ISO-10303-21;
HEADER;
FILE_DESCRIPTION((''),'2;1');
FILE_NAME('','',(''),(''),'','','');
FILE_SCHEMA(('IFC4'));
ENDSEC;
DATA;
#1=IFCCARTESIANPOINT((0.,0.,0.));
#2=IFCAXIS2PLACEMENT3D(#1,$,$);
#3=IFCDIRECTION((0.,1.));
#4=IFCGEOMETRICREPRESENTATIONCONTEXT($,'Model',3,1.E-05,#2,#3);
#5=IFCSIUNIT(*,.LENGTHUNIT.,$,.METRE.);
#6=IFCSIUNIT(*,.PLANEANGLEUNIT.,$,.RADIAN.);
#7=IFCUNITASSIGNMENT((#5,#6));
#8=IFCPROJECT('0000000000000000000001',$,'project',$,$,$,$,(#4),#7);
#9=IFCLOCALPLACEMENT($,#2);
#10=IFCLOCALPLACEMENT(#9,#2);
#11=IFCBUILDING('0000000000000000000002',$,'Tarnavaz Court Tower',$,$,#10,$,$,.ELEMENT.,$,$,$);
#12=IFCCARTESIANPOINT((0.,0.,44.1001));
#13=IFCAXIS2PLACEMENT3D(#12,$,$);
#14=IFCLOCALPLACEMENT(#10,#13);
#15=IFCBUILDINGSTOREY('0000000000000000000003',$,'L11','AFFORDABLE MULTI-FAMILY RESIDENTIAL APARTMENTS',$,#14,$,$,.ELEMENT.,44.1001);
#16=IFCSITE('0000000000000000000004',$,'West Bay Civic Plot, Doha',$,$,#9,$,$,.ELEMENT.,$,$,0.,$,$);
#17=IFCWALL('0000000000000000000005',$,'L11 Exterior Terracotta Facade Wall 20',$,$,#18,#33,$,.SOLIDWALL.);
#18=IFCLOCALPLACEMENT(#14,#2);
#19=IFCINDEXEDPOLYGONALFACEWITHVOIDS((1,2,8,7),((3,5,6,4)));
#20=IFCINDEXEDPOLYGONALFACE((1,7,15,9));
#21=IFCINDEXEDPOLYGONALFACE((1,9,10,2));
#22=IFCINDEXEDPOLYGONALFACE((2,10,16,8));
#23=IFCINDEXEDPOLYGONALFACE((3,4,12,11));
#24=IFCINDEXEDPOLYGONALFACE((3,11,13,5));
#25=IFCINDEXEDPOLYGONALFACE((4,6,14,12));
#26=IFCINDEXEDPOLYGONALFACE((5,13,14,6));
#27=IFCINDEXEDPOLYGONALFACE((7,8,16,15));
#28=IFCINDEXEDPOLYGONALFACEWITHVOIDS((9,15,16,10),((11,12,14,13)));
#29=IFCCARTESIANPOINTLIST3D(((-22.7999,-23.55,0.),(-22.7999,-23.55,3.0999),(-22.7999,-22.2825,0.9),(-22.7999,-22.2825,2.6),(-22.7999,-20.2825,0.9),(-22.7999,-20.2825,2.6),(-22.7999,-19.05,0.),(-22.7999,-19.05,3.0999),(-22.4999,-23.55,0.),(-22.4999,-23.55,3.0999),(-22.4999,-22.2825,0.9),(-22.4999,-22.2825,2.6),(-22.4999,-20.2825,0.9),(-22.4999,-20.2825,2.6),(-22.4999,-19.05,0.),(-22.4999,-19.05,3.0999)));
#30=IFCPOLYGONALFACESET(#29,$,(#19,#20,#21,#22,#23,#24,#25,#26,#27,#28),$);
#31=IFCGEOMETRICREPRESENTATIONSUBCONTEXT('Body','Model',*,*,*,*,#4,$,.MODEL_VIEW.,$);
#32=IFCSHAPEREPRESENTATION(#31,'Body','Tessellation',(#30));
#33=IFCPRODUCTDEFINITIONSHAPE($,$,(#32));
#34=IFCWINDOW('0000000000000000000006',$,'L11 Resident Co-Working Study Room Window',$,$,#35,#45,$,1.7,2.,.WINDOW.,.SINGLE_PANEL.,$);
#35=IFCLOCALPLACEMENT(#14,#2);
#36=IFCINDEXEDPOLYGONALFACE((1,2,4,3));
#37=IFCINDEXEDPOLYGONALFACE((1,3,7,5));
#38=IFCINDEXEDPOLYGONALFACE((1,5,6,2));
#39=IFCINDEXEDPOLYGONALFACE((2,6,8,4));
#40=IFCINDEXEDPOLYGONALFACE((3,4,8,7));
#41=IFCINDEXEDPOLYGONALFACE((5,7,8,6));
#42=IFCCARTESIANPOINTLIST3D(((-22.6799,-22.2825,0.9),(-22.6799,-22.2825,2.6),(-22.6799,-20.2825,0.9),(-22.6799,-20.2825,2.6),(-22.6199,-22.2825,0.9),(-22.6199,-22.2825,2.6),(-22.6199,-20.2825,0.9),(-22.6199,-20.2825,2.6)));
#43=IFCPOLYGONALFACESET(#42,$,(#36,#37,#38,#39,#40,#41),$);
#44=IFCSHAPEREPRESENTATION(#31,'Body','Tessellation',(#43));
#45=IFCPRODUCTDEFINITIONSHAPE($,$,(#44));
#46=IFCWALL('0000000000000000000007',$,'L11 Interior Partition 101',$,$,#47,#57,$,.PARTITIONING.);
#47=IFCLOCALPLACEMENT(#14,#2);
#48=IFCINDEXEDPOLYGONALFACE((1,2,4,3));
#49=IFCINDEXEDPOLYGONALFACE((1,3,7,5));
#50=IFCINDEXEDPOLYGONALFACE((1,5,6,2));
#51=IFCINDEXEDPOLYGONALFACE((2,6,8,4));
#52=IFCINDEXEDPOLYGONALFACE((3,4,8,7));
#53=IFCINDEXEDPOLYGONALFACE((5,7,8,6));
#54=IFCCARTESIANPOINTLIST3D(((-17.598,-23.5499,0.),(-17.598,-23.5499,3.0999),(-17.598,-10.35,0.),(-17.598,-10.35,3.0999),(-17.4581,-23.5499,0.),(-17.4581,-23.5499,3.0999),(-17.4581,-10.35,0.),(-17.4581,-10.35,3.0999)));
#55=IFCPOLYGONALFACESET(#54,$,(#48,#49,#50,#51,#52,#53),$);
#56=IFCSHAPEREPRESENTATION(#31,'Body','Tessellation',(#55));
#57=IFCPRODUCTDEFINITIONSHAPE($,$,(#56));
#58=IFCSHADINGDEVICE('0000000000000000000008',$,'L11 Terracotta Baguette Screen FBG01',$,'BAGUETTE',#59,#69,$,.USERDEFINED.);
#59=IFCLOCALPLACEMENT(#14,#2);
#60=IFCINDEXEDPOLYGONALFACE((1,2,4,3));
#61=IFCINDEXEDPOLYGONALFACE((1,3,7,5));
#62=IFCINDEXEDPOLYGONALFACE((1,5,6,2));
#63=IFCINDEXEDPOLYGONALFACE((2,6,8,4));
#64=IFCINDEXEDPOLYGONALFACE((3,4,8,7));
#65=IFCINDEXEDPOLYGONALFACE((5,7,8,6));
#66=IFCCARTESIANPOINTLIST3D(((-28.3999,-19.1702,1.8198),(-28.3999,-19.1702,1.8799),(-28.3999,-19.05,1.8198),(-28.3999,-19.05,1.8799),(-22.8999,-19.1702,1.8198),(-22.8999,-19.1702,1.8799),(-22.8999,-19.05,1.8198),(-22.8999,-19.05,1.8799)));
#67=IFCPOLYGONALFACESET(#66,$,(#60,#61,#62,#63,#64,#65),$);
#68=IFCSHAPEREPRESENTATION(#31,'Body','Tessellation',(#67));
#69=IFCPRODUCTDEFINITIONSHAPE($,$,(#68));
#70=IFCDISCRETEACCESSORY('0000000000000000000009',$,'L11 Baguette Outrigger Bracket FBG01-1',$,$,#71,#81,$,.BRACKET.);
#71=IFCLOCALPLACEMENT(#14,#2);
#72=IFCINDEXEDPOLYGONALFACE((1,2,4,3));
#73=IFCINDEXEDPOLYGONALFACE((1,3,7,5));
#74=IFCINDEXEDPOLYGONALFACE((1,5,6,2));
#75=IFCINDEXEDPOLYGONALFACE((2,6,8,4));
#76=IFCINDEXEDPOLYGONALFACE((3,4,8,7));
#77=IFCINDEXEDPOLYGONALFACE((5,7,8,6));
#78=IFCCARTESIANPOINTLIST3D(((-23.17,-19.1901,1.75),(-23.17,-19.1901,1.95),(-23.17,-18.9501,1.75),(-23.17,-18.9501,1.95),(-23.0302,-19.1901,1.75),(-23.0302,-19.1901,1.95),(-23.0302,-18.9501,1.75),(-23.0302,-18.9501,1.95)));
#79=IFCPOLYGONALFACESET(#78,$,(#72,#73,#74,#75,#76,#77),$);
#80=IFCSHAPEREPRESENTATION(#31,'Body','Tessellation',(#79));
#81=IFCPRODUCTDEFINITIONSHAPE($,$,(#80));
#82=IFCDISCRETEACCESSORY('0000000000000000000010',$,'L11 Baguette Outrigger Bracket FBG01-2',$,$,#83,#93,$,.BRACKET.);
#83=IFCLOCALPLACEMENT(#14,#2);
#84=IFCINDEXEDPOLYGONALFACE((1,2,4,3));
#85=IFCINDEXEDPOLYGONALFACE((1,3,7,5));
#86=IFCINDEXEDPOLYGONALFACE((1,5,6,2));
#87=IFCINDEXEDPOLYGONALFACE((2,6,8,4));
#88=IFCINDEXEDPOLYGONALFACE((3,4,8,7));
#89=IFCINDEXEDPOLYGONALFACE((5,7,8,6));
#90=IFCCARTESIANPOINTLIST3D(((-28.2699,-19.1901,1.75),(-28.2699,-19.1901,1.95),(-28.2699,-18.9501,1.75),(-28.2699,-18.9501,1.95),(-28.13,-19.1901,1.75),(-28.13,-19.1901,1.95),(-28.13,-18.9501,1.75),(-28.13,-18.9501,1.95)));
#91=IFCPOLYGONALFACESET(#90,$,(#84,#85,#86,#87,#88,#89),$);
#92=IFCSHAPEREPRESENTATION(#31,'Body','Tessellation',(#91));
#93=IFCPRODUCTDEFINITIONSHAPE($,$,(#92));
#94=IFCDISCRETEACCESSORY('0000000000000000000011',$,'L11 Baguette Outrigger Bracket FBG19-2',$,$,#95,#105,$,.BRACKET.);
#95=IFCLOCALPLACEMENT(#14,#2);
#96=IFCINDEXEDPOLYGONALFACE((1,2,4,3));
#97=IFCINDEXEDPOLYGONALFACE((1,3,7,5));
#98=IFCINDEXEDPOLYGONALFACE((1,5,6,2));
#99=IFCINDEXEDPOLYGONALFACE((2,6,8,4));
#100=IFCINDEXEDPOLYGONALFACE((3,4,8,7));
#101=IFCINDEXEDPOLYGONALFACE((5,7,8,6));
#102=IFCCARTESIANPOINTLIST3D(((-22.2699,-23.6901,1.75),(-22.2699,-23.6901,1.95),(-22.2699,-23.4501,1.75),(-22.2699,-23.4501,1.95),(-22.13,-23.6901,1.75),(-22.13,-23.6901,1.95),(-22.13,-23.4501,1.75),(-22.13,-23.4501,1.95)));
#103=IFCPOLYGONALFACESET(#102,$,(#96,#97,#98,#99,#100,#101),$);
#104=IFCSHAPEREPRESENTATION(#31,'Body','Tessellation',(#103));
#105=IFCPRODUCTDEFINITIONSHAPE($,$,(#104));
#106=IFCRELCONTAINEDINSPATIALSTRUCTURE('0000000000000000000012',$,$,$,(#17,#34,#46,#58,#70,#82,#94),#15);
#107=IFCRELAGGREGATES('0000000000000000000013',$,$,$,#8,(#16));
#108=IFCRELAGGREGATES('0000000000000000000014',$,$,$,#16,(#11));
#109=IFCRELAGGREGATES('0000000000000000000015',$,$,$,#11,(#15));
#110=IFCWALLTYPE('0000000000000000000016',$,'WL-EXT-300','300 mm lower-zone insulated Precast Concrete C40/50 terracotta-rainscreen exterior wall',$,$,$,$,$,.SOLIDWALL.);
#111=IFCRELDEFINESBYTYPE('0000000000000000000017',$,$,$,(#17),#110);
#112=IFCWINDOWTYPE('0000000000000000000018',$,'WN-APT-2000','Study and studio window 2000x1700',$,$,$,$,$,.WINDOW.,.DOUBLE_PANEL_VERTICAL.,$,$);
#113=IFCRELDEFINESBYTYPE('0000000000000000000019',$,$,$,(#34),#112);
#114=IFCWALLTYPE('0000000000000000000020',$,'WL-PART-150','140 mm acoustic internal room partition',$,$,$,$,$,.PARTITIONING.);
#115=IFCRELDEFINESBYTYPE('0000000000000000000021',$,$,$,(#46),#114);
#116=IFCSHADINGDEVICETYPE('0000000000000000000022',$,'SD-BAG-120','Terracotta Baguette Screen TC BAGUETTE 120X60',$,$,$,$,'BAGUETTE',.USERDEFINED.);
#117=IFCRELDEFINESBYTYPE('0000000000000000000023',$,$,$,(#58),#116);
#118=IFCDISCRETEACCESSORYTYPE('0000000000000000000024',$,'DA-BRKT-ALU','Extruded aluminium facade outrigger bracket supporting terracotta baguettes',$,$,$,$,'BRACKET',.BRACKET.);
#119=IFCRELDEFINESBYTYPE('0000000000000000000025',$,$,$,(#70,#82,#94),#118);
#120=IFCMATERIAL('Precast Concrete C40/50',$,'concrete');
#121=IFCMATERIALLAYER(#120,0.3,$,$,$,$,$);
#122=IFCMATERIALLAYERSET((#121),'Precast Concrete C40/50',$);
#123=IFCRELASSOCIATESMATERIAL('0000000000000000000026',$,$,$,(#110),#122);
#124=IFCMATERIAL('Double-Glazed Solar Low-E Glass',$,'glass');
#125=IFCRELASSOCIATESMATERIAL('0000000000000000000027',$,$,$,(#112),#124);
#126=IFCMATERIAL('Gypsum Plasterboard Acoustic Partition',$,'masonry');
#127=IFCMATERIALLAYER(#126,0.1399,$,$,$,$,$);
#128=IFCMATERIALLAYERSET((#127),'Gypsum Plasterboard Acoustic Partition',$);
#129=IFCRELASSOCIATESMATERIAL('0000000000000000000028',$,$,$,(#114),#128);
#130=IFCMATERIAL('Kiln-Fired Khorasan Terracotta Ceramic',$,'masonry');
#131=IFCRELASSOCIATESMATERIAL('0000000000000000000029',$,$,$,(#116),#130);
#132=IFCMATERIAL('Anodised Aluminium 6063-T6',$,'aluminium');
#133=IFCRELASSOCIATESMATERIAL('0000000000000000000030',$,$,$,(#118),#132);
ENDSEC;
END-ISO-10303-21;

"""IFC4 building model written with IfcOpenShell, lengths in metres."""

from ifc_helpers import new_model, si_unit, direction, frame, frame_2d, origin, origin_2d, place, context, subcontext, project, spatial, rectangle, extrude, material, layer, layer_set, material_profile, profile_set, type_object, element, fill, save


model = new_model("IFC4")

# Units and contexts
model_context = context("Model", 3, precision=1e-05, world=origin(), true_north=direction((0.0, 1.0)))
body_context = subcontext(model_context, "Body", "Model", "MODEL_VIEW")
ifc_project = project(units=[si_unit("LENGTHUNIT", "METRE"), si_unit("PLANEANGLEUNIT", "RADIAN")], contexts=[model_context])

# Site, building, storey
site_placement = place(None, origin())
site = spatial("IfcSite", under=ifc_project, at=site_placement, Name="West Bay Civic Plot, Doha", CompositionType="ELEMENT", RefElevation=0.0)
building_placement = place(site_placement, origin())
building = spatial("IfcBuilding", under=site, at=building_placement, Name="Tarnavaz Court Tower", CompositionType="ELEMENT")
storey_placement = place(building_placement, frame((0.0, 0.0, 44.1001)))
storey = spatial("IfcBuildingStorey", under=building, at=storey_placement, Name="L11", Description="AFFORDABLE MULTI-FAMILY RESIDENTIAL APARTMENTS", CompositionType="ELEMENT", Elevation=44.1001)

# Shared definitions
ifc_material_1 = material(Name="Precast Concrete C40/50", Category="concrete")
ifc_layer_1 = layer(ifc_material_1, 0.3)
ifc_layer_set_1 = layer_set([ifc_layer_1], Name="Precast Concrete C40/50")
wall_type_1 = type_object("IfcWallType", Name="WL-EXT-300", Description="300 mm lower-zone insulated Precast Concrete C40/50 terracotta-rainscreen exterior wall", PredefinedType="SOLIDWALL", material=ifc_layer_set_1)
ifc_material_2 = material(Name="Double-Glazed Solar Low-E Glass", Category="glass")
window_type_1 = type_object("IfcWindowType", Name="WN-APT-2000", Description="Study and studio window 2000x1700", PartitioningType="DOUBLE_PANEL_VERTICAL", PredefinedType="WINDOW", material=ifc_material_2)

# Wall, opening, window
wall_1_placement = place(storey_placement, frame((-22.6499, -23.55, 0.0), z_axis=(0.0, 0.0, 1.0), x_axis=(0.0, 1.0, 0.0)))
wall_1 = element("IfcWall", 1, at=wall_1_placement, inside=storey, type_object=wall_type_1, Name="L11 Exterior Terracotta Facade Wall 20", PredefinedType="SOLIDWALL", context=body_context, shape_type="SweptSolid", body=[
    extrude(rectangle(XDim=4.5, YDim=0.3, at=frame_2d((2.25, 0.0))), origin(), (0.0, 0.0, 1.0), 3.0999),
])
opening_1_placement = place(wall_1_placement, frame((1.2676, 0.0, 0.8999)))
opening_1 = element("IfcOpeningElement", 2, at=opening_1_placement, cuts=wall_1, PredefinedType="OPENING", context=body_context, shape_type="SweptSolid", body=[
    extrude(rectangle(XDim=2.0, YDim=1.7, at=frame_2d((1.0, 0.8501))), frame((0.0, 0.1599, 0.0), z_axis=(0.0, -1.0, 0.0), x_axis=(1.0, 0.0, 0.0)), (0.0, 0.0, 1.0), 0.3201),
])
window_1_placement = place(opening_1_placement, origin())
window_1 = element("IfcWindow", 3, at=window_1_placement, inside=storey, type_object=window_type_1, Name="L11 Resident Co-Working Study Room Window", OverallHeight=1.7, OverallWidth=2.0, PartitioningType="SINGLE_PANEL", PredefinedType="WINDOW", context=body_context, shape_type="SweptSolid", body=[
    extrude(rectangle(XDim=2.0, YDim=1.7, at=frame_2d((1.0, 0.8501))), frame((0.0, 0.03, 0.0), z_axis=(0.0, -1.0, 0.0), x_axis=(1.0, 0.0, 0.0)), (0.0, 0.0, 1.0), 0.0601),
])
fill(opening_1, window_1)

# Wall
ifc_material_3 = material(Name="Gypsum Plasterboard Acoustic Partition", Category="masonry")
ifc_layer_2 = layer(ifc_material_3, 0.1399)
ifc_layer_set_2 = layer_set([ifc_layer_2], Name="Gypsum Plasterboard Acoustic Partition")
wall_type_2 = type_object("IfcWallType", Name="WL-PART-150", Description="140 mm acoustic internal room partition", PredefinedType="PARTITIONING", material=ifc_layer_set_2)
wall_2_placement = place(storey_placement, frame((-17.5281, -23.55, 0.0), z_axis=(0.0, 0.0, 1.0), x_axis=(0.0, 1.0, 0.0)))
element("IfcWall", 4, at=wall_2_placement, inside=storey, type_object=wall_type_2, Name="L11 Interior Partition 101", PredefinedType="PARTITIONING", context=body_context, shape_type="SweptSolid", body=[
    extrude(rectangle(XDim=13.2, YDim=0.1399, at=frame_2d((6.6001, 0.0))), origin(), (0.0, 0.0, 1.0), 3.0999),
])

# Shading device
ifc_material_4 = material(Name="Kiln-Fired Khorasan Terracotta Ceramic", Category="masonry")
ifc_material_profile_1 = material_profile(ifc_material_4, rectangle(XDim=0.1201, YDim=0.0601, at=origin_2d()), Name="TC BAGUETTE 120X60")
ifc_profile_set_1 = profile_set([ifc_material_profile_1], Name="Kiln-Fired Khorasan Terracotta Ceramic")
shading_device_type = type_object("IfcShadingDeviceType", Name="SD-BAG-120", Description="Terracotta Baguette Screen TC BAGUETTE 120X60", ElementType="BAGUETTE", PredefinedType="USERDEFINED", material=ifc_profile_set_1)
shading_device_placement = place(storey_placement, frame((-22.8999, -19.1101, 1.8499), z_axis=(-1.0, 0.0, 0.0), x_axis=(0.0, -1.0, 0.0)))
element("IfcShadingDevice", 5, at=shading_device_placement, inside=storey, type_object=shading_device_type, Name="L11 Terracotta Baguette Screen FBG01", ObjectType="BAGUETTE", PredefinedType="USERDEFINED", context=body_context, shape_type="SweptSolid", body=[
    extrude(rectangle(XDim=0.1201, YDim=0.0601, at=origin_2d()), origin(), (0.0, 0.0, 1.0), 5.5),
])

# Discrete accessories
ifc_material_5 = material(Name="Anodised Aluminium 6063-T6", Category="aluminium")
discrete_accessory_type = type_object("IfcDiscreteAccessoryType", Name="DA-BRKT-ALU", Description="Extruded aluminium facade outrigger bracket supporting terracotta baguettes", ElementType="BRACKET", PredefinedType="BRACKET", material=ifc_material_5)
for number, where, z_axis, x_axis, name in (
    (6, (-23.1001, -19.0701, 1.75), (0.0, 0.0, 1.0), (-1.0, 0.0, 0.0), "L11 Baguette Outrigger Bracket FBG01-1"),
    (7, (-28.2, -19.0701, 1.75), (0.0, 0.0, 1.0), (-1.0, 0.0, 0.0), "L11 Baguette Outrigger Bracket FBG01-2"),
    (8, (-22.2, -23.5701, 1.75), (0.0, 0.0, 1.0), (-1.0, 0.0, 0.0), "L11 Baguette Outrigger Bracket FBG19-2"),
):
    element("IfcDiscreteAccessory", number, at=place(storey_placement, frame(where, z_axis=z_axis, x_axis=x_axis)), inside=storey, type_object=discrete_accessory_type, Name=name, PredefinedType="BRACKET", context=body_context, shape_type="SweptSolid", body=[
        extrude(rectangle(XDim=0.1399, YDim=0.24, at=origin_2d()), origin(), (0.0, 0.0, 1.0), 0.2),
    ])

save(model, "model.ifc")
